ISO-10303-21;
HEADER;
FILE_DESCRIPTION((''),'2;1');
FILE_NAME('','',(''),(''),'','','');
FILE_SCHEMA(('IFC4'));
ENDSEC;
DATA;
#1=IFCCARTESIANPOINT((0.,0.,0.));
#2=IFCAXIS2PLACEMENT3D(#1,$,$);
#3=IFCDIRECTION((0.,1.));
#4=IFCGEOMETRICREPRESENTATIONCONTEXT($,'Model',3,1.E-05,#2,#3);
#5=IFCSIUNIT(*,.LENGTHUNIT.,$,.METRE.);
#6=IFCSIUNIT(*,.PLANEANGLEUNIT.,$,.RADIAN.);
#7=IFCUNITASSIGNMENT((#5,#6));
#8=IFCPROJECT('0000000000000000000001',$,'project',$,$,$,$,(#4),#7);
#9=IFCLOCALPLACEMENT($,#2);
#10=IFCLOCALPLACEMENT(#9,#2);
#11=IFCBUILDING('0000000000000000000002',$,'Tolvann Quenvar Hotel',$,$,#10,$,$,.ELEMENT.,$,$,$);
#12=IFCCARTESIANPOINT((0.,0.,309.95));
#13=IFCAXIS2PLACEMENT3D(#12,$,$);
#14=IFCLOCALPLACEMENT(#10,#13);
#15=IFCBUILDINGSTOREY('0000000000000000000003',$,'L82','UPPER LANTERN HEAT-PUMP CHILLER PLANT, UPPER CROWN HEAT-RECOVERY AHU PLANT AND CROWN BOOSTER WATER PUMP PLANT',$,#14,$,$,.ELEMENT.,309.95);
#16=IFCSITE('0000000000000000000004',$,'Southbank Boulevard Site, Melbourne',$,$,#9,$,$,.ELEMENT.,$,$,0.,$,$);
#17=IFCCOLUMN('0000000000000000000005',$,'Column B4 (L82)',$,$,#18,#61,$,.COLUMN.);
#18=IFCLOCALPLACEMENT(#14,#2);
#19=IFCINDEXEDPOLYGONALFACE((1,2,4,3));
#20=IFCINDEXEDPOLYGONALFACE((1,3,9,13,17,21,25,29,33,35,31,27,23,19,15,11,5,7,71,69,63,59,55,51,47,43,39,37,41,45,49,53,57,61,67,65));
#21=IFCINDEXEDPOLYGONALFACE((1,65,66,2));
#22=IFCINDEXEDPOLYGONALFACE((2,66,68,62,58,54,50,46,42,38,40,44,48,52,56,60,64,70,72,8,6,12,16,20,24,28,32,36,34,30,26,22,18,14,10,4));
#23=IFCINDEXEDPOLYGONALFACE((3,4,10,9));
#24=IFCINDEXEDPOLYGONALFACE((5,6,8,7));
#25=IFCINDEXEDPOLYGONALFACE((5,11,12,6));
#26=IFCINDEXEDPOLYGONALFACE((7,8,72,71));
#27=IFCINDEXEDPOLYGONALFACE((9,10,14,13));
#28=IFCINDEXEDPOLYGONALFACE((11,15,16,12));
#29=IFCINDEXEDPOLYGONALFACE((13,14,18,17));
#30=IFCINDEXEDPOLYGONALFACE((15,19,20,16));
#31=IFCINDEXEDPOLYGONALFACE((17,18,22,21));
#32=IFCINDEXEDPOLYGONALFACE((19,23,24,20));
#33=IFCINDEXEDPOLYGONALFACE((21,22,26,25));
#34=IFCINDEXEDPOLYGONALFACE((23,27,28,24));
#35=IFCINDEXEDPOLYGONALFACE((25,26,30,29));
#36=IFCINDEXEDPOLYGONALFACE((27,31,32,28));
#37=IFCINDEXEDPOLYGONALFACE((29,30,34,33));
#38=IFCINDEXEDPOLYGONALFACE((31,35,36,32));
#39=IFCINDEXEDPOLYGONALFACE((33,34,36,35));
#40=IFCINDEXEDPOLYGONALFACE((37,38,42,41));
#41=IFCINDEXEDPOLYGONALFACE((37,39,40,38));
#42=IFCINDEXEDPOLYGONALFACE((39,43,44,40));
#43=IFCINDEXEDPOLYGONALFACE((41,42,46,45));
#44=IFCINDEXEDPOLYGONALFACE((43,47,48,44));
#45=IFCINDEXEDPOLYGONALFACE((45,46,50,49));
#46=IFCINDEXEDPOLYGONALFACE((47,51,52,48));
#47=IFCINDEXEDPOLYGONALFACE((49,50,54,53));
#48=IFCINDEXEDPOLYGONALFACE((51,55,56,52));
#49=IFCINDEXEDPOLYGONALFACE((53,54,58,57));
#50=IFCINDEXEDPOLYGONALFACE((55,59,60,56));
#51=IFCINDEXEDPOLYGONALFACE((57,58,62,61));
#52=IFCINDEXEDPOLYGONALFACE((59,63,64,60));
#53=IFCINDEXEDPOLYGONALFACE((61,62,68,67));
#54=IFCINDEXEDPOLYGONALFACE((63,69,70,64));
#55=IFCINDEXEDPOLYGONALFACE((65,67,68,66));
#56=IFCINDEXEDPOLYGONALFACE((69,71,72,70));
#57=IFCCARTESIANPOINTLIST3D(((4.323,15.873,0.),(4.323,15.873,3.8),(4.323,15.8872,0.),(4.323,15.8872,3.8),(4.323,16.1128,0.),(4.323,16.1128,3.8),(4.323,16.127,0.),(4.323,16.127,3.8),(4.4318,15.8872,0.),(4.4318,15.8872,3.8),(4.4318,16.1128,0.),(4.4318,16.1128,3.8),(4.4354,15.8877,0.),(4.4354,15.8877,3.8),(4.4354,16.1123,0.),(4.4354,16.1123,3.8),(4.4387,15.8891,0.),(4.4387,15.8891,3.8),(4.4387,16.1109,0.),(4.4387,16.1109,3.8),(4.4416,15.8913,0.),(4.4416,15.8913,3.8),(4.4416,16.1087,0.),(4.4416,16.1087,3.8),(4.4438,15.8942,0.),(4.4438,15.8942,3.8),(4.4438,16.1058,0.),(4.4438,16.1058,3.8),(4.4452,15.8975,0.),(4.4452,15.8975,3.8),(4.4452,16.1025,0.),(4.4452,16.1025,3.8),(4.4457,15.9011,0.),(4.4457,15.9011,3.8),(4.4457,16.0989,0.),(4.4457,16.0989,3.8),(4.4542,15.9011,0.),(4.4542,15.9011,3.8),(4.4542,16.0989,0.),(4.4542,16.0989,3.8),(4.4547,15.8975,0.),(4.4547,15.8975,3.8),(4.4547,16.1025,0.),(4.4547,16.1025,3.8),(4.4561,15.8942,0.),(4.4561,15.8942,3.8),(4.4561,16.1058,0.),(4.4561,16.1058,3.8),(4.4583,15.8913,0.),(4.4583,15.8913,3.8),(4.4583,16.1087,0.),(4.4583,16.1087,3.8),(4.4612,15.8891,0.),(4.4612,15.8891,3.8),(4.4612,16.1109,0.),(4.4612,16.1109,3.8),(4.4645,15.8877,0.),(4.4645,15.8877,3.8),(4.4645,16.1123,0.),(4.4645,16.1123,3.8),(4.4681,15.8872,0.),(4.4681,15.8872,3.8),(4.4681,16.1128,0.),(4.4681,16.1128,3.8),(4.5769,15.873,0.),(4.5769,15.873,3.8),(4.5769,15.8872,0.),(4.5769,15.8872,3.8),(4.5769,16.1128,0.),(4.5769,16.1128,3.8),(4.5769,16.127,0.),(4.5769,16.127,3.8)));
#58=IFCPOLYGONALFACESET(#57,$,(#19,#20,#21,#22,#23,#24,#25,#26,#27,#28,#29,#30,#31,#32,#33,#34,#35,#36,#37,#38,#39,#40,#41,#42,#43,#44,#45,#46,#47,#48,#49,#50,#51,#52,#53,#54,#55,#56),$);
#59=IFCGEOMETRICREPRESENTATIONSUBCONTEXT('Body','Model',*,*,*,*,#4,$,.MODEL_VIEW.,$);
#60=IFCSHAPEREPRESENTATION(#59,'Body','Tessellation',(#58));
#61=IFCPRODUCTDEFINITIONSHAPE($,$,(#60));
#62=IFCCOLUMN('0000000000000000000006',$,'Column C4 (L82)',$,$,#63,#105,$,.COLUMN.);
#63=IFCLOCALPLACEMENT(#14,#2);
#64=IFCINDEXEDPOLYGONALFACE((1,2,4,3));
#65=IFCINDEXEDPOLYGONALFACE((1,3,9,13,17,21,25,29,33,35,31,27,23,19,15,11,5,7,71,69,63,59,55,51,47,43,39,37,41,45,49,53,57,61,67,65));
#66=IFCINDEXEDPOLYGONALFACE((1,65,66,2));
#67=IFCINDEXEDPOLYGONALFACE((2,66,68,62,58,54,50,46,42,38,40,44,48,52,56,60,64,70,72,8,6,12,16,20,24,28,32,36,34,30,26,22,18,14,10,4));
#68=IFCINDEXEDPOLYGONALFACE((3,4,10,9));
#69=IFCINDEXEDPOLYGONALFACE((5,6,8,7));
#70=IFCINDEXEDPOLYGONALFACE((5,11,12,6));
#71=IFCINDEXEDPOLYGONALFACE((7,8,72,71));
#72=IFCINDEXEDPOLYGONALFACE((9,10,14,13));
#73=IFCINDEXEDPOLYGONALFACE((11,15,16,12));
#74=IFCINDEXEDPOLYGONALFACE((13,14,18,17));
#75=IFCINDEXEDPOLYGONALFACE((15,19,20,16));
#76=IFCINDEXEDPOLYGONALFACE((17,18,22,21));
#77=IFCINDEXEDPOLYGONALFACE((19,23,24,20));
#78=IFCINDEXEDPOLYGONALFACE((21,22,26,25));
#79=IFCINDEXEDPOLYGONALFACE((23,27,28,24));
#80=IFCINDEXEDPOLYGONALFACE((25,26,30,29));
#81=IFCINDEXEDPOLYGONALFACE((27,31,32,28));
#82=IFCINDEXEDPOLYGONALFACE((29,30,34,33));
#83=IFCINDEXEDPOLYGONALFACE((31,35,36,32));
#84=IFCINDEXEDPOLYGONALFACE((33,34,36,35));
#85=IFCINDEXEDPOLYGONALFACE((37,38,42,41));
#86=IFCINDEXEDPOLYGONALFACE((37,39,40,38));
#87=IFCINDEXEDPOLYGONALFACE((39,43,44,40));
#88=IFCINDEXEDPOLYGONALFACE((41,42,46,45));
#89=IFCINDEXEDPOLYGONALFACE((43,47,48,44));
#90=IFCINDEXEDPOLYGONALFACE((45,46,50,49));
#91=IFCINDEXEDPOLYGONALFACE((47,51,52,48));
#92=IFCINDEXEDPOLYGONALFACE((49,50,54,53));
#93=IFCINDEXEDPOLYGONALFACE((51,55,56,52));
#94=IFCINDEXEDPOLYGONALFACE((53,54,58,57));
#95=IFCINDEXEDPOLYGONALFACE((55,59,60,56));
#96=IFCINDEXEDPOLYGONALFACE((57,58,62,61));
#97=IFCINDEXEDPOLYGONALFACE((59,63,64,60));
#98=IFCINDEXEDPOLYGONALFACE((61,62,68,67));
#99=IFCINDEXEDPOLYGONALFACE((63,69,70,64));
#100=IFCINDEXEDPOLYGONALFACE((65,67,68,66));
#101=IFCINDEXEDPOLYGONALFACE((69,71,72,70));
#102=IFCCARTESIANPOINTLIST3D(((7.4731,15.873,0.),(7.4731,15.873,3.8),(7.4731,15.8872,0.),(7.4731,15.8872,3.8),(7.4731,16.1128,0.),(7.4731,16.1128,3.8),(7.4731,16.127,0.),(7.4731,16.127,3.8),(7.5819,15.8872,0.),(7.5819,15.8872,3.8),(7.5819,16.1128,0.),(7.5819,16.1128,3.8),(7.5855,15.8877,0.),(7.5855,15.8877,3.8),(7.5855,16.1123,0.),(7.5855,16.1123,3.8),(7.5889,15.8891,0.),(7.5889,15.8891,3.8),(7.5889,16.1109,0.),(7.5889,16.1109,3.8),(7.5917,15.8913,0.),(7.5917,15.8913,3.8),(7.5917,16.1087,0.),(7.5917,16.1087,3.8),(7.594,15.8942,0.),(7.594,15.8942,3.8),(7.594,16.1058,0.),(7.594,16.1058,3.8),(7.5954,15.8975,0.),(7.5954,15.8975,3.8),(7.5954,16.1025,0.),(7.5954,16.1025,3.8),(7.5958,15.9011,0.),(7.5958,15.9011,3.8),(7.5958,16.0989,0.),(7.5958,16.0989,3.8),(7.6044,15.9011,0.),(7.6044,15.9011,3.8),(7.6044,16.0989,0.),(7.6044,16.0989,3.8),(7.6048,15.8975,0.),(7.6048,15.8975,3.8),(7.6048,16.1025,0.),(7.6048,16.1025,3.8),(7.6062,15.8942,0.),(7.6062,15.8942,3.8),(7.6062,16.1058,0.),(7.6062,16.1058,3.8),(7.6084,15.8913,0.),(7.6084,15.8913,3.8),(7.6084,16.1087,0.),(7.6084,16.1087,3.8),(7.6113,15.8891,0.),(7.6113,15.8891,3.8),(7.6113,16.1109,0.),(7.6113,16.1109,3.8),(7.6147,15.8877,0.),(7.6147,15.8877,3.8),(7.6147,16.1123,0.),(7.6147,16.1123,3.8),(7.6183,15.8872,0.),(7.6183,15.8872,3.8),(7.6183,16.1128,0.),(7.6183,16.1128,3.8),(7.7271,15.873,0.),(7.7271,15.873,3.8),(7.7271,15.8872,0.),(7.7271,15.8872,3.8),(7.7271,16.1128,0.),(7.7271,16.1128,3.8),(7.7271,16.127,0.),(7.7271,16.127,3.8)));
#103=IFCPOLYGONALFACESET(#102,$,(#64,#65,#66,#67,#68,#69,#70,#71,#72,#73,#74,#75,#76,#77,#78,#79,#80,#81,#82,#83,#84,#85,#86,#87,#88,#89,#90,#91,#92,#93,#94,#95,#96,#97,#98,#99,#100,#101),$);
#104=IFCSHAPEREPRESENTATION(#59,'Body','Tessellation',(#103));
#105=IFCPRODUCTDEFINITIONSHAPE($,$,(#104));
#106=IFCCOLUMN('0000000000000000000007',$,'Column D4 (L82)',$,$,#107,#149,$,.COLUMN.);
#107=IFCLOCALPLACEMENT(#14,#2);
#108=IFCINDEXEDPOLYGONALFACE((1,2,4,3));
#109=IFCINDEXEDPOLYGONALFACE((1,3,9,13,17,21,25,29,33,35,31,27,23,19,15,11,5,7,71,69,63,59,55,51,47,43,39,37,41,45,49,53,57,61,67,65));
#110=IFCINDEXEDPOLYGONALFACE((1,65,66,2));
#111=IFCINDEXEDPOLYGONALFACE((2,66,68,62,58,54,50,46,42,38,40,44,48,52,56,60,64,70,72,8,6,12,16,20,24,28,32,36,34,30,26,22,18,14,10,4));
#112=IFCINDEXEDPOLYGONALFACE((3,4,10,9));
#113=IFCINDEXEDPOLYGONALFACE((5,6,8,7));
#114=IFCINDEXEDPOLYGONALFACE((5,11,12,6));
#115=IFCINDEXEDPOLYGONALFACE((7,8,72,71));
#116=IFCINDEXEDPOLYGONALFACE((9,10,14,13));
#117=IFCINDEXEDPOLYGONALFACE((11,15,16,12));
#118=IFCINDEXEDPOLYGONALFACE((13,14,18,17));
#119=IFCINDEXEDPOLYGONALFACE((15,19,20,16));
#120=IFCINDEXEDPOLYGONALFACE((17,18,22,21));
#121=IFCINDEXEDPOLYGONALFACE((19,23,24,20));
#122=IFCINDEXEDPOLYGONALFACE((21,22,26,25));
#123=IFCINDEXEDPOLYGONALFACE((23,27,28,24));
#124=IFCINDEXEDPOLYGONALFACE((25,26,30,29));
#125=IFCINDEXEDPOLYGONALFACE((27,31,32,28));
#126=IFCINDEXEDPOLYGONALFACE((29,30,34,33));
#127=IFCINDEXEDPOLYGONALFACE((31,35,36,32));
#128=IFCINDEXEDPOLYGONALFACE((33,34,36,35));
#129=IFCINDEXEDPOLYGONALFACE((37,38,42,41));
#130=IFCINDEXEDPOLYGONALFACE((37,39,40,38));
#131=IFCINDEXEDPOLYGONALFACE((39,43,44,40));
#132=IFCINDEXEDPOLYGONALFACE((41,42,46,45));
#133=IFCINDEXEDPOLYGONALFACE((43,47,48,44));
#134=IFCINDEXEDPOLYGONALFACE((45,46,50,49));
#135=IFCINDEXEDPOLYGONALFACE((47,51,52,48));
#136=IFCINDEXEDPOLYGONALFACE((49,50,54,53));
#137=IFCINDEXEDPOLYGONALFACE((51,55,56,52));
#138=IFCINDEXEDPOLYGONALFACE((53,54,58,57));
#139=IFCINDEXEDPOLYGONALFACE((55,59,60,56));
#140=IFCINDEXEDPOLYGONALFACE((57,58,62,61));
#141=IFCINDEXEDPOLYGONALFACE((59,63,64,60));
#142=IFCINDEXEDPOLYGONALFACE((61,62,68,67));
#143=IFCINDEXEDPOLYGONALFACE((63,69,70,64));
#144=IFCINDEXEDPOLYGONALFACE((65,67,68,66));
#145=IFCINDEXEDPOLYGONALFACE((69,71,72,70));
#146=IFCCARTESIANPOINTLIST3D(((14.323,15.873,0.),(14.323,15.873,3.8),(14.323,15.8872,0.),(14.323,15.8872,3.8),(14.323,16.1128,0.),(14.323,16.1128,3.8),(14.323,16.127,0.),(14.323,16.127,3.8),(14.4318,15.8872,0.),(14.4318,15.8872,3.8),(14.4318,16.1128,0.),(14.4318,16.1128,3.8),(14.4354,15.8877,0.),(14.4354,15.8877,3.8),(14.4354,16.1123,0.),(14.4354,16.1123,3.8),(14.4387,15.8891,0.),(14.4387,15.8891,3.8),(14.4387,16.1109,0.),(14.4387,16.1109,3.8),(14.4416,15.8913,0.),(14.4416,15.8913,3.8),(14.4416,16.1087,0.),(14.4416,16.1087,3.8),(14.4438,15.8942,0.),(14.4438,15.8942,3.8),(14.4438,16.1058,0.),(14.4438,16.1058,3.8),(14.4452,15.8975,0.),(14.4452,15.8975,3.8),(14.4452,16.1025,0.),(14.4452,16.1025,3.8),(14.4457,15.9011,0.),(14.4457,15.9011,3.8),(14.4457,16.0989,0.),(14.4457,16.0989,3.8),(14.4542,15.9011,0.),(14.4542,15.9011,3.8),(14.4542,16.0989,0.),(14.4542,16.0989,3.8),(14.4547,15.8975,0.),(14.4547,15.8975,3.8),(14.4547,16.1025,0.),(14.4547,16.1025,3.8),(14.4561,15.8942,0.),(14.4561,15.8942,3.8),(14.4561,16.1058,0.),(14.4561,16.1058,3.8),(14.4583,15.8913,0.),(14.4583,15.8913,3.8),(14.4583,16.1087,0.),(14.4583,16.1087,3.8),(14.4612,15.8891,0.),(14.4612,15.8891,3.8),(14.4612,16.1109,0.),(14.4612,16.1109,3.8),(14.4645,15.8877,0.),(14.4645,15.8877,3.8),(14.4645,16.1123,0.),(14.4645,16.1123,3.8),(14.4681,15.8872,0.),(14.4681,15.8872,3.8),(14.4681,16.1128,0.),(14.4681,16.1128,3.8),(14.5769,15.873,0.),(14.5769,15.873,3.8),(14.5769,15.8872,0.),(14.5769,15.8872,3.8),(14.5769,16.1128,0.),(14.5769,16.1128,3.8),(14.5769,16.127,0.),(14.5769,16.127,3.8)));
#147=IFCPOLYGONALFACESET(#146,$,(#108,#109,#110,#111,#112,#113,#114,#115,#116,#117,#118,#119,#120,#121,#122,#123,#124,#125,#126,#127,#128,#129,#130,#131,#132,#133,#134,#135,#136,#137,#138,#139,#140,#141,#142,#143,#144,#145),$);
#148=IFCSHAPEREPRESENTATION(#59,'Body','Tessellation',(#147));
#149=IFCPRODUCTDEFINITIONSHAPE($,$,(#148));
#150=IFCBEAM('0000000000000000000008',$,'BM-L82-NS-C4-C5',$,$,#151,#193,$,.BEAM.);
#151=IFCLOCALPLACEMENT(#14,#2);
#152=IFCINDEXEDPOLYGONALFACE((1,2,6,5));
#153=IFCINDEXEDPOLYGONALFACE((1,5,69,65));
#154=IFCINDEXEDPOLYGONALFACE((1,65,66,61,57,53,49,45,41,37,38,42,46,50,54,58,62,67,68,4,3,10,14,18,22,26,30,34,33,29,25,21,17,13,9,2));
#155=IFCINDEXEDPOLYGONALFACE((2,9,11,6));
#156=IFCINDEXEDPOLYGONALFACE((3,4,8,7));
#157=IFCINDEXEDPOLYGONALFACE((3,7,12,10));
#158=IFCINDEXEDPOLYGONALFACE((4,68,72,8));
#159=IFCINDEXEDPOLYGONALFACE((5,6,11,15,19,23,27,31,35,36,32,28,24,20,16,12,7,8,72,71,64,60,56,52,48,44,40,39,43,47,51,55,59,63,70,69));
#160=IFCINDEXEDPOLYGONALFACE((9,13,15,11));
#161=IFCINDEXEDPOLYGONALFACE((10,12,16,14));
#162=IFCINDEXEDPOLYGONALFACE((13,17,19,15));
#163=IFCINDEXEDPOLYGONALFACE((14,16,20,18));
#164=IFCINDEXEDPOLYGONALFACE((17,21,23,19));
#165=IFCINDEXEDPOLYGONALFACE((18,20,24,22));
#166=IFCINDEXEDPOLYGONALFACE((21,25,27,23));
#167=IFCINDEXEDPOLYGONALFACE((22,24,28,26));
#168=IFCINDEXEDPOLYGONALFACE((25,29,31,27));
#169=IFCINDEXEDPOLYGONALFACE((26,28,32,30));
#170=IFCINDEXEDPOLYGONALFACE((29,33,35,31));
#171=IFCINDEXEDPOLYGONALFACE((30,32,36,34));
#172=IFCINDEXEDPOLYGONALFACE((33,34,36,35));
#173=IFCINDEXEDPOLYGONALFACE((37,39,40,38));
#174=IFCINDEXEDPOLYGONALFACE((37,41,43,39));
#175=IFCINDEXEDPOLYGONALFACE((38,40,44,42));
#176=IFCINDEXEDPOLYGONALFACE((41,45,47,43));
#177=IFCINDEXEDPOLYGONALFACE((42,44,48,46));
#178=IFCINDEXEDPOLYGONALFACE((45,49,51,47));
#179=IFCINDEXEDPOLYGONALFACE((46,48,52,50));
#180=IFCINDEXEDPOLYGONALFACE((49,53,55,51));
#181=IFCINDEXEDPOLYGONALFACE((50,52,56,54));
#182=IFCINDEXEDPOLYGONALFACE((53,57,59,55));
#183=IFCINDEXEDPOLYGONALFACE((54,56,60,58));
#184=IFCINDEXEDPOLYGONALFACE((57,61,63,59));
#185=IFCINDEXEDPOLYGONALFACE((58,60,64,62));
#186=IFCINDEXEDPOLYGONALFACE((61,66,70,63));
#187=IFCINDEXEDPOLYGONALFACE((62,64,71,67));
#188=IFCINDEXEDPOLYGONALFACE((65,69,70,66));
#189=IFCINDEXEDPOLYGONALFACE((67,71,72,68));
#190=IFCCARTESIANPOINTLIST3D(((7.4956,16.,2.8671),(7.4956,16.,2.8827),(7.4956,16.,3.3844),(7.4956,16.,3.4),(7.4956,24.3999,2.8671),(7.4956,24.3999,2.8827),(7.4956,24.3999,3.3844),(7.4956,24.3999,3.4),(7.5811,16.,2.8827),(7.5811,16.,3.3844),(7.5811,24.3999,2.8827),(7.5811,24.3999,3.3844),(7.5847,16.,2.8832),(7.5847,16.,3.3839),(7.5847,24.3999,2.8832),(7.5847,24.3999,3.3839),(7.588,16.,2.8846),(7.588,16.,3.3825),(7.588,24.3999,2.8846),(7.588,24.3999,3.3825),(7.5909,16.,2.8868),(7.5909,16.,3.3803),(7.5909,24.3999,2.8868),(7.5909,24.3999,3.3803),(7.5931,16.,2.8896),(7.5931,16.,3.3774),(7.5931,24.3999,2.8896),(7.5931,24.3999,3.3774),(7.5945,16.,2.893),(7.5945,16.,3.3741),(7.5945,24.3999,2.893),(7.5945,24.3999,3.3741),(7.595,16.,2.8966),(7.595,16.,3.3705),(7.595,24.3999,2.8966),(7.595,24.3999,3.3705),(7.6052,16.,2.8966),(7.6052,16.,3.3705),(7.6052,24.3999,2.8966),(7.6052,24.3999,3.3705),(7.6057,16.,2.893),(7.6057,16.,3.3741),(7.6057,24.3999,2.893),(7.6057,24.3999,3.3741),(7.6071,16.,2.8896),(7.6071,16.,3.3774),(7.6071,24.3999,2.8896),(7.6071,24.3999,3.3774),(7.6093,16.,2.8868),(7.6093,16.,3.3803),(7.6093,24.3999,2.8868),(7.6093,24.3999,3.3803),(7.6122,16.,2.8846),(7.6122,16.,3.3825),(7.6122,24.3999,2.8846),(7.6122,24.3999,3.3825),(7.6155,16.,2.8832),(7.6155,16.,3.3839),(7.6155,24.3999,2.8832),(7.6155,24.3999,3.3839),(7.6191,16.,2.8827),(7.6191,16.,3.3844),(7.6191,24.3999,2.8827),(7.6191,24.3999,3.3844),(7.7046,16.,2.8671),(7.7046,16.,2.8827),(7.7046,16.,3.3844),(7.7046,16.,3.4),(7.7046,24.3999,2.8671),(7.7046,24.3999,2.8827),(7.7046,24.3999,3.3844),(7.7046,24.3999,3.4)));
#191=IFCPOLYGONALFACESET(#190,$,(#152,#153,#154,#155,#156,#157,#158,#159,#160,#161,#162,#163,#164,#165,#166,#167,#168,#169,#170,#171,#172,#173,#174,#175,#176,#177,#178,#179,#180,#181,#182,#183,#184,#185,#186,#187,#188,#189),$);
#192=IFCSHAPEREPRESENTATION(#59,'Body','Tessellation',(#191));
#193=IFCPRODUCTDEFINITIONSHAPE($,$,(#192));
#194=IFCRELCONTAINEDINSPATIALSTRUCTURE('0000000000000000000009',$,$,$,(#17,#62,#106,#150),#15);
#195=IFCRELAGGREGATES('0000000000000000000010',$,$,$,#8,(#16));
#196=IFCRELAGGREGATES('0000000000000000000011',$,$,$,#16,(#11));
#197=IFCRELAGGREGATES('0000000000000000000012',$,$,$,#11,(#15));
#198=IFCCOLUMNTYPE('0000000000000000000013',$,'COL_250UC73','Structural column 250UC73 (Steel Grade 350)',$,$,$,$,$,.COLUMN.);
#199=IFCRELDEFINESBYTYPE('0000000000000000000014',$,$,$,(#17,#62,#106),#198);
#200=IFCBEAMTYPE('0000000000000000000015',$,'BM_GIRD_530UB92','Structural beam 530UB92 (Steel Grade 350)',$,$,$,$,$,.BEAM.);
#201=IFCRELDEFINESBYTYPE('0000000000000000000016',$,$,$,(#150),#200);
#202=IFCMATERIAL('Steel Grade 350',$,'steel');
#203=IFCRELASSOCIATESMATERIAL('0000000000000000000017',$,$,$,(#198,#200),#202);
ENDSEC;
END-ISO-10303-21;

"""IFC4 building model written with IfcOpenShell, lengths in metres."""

from ifc_helpers import new_model, si_unit, direction, frame, origin, origin_2d, place, context, subcontext, project, spatial, i_section, extrude, source, transform, mapped, material, material_profile, profile_set, type_object, type_shapes, element, save


model = new_model("IFC4")

# Units and contexts
model_context = context("Model", 3, precision=1e-05, world=origin(), true_north=direction((0.0, 1.0)))
body_context = subcontext(model_context, "Body", "Model", "MODEL_VIEW")
ifc_project = project(units=[si_unit("LENGTHUNIT", "METRE"), si_unit("PLANEANGLEUNIT", "RADIAN")], contexts=[model_context])

# Site, building, storey
site_placement = place(None, origin())
site = spatial("IfcSite", under=ifc_project, at=site_placement, Name="Southbank Boulevard Site, Melbourne", CompositionType="ELEMENT", RefElevation=0.0)
building_placement = place(site_placement, origin())
building = spatial("IfcBuilding", under=site, at=building_placement, Name="Tolvann Quenvar Hotel", CompositionType="ELEMENT")
storey_placement = place(building_placement, frame((0.0, 0.0, 309.95)))
storey = spatial("IfcBuildingStorey", under=building, at=storey_placement, Name="L82", Description="UPPER LANTERN HEAT-PUMP CHILLER PLANT, UPPER CROWN HEAT-RECOVERY AHU PLANT AND CROWN BOOSTER WATER PUMP PLANT", CompositionType="ELEMENT", Elevation=309.95)

# Columns
ifc_material_1 = material(Name="Steel Grade 350", Category="steel")
ifc_material_profile_1 = material_profile(ifc_material_1, i_section(OverallWidth=0.2539, OverallDepth=0.2539, WebThickness=0.0085, FlangeThickness=0.0142, FilletRadius=0.0139, at=origin_2d()), Name="250UC73")
ifc_profile_set_1 = profile_set([ifc_material_profile_1], Name="Steel Grade 350")
column_type = type_object("IfcColumnType", Name="COL_250UC73", Description="Structural column 250UC73 (Steel Grade 350)", PredefinedType="COLUMN", material=ifc_profile_set_1)
shared_shape_1 = source(origin(), body_context, "Body", "SweptSolid", [
    extrude(i_section(OverallWidth=0.2539, OverallDepth=0.2539, WebThickness=0.0085, FlangeThickness=0.0142, FilletRadius=0.0139, at=origin_2d()), origin(), (0.0, 0.0, 1.0), 3.8),
])
type_shapes(column_type, [shared_shape_1])
for number, where, z_axis, x_axis, name in (
    (1, (4.45, 16.0, 0.0), (0.0, 0.0, 1.0), (1.0, 0.0, 0.0), "Column B4 (L82)"),
    (2, (7.6001, 16.0, 0.0), (0.0, 0.0, 1.0), (1.0, 0.0, 0.0), "Column C4 (L82)"),
    (3, (14.45, 16.0, 0.0), (0.0, 0.0, 1.0), (1.0, 0.0, 0.0), "Column D4 (L82)"),
):
    element("IfcColumn", number, at=place(storey_placement, frame(where, z_axis=z_axis, x_axis=x_axis)), inside=storey, type_object=column_type, Name=name, PredefinedType="COLUMN", context=body_context, shape_type="MappedRepresentation", body=[
        mapped(shared_shape_1, transform((0.0, 0.0, 0.0), x_axis=(1.0, 0.0, 0.0), y_axis=(0.0, 1.0, 0.0), z_axis=(0.0, 0.0, 1.0), scale=1.0)),
    ])

# Beam
ifc_material_profile_2 = material_profile(ifc_material_1, i_section(OverallWidth=0.209, OverallDepth=0.533, WebThickness=0.0103, FlangeThickness=0.0156, FilletRadius=0.0139, at=origin_2d()), Name="530UB92")
ifc_profile_set_2 = profile_set([ifc_material_profile_2], Name="Steel Grade 350")
beam_type_1 = type_object("IfcBeamType", Name="BM_GIRD_530UB92", Description="Structural beam 530UB92 (Steel Grade 350)", PredefinedType="BEAM", material=ifc_profile_set_2)
shared_shape_2 = source(origin(), body_context, "Body", "SweptSolid", [
    extrude(i_section(OverallWidth=0.209, OverallDepth=0.533, WebThickness=0.0103, FlangeThickness=0.0156, FilletRadius=0.0139, at=origin_2d()), origin(), (0.0, 0.0, 1.0), 8.3999),
])
for number, where, z_axis, x_axis, name in (
    (4, (7.6001, 16.0, 3.1335), (0.0, 1.0, 0.0), (-1.0, 0.0, 0.0), "BM-L82-NS-C4-C5"),
):
    element("IfcBeam", number, at=place(storey_placement, frame(where, z_axis=z_axis, x_axis=x_axis)), inside=storey, type_object=beam_type_1, Name=name, PredefinedType="BEAM", context=body_context, shape_type="MappedRepresentation", body=[
        mapped(shared_shape_2, transform((0.0, 0.0, 0.0), x_axis=(1.0, 0.0, 0.0), y_axis=(0.0, 1.0, 0.0), z_axis=(0.0, 0.0, 1.0), scale=1.0)),
    ])

save(model, "model.ifc")
